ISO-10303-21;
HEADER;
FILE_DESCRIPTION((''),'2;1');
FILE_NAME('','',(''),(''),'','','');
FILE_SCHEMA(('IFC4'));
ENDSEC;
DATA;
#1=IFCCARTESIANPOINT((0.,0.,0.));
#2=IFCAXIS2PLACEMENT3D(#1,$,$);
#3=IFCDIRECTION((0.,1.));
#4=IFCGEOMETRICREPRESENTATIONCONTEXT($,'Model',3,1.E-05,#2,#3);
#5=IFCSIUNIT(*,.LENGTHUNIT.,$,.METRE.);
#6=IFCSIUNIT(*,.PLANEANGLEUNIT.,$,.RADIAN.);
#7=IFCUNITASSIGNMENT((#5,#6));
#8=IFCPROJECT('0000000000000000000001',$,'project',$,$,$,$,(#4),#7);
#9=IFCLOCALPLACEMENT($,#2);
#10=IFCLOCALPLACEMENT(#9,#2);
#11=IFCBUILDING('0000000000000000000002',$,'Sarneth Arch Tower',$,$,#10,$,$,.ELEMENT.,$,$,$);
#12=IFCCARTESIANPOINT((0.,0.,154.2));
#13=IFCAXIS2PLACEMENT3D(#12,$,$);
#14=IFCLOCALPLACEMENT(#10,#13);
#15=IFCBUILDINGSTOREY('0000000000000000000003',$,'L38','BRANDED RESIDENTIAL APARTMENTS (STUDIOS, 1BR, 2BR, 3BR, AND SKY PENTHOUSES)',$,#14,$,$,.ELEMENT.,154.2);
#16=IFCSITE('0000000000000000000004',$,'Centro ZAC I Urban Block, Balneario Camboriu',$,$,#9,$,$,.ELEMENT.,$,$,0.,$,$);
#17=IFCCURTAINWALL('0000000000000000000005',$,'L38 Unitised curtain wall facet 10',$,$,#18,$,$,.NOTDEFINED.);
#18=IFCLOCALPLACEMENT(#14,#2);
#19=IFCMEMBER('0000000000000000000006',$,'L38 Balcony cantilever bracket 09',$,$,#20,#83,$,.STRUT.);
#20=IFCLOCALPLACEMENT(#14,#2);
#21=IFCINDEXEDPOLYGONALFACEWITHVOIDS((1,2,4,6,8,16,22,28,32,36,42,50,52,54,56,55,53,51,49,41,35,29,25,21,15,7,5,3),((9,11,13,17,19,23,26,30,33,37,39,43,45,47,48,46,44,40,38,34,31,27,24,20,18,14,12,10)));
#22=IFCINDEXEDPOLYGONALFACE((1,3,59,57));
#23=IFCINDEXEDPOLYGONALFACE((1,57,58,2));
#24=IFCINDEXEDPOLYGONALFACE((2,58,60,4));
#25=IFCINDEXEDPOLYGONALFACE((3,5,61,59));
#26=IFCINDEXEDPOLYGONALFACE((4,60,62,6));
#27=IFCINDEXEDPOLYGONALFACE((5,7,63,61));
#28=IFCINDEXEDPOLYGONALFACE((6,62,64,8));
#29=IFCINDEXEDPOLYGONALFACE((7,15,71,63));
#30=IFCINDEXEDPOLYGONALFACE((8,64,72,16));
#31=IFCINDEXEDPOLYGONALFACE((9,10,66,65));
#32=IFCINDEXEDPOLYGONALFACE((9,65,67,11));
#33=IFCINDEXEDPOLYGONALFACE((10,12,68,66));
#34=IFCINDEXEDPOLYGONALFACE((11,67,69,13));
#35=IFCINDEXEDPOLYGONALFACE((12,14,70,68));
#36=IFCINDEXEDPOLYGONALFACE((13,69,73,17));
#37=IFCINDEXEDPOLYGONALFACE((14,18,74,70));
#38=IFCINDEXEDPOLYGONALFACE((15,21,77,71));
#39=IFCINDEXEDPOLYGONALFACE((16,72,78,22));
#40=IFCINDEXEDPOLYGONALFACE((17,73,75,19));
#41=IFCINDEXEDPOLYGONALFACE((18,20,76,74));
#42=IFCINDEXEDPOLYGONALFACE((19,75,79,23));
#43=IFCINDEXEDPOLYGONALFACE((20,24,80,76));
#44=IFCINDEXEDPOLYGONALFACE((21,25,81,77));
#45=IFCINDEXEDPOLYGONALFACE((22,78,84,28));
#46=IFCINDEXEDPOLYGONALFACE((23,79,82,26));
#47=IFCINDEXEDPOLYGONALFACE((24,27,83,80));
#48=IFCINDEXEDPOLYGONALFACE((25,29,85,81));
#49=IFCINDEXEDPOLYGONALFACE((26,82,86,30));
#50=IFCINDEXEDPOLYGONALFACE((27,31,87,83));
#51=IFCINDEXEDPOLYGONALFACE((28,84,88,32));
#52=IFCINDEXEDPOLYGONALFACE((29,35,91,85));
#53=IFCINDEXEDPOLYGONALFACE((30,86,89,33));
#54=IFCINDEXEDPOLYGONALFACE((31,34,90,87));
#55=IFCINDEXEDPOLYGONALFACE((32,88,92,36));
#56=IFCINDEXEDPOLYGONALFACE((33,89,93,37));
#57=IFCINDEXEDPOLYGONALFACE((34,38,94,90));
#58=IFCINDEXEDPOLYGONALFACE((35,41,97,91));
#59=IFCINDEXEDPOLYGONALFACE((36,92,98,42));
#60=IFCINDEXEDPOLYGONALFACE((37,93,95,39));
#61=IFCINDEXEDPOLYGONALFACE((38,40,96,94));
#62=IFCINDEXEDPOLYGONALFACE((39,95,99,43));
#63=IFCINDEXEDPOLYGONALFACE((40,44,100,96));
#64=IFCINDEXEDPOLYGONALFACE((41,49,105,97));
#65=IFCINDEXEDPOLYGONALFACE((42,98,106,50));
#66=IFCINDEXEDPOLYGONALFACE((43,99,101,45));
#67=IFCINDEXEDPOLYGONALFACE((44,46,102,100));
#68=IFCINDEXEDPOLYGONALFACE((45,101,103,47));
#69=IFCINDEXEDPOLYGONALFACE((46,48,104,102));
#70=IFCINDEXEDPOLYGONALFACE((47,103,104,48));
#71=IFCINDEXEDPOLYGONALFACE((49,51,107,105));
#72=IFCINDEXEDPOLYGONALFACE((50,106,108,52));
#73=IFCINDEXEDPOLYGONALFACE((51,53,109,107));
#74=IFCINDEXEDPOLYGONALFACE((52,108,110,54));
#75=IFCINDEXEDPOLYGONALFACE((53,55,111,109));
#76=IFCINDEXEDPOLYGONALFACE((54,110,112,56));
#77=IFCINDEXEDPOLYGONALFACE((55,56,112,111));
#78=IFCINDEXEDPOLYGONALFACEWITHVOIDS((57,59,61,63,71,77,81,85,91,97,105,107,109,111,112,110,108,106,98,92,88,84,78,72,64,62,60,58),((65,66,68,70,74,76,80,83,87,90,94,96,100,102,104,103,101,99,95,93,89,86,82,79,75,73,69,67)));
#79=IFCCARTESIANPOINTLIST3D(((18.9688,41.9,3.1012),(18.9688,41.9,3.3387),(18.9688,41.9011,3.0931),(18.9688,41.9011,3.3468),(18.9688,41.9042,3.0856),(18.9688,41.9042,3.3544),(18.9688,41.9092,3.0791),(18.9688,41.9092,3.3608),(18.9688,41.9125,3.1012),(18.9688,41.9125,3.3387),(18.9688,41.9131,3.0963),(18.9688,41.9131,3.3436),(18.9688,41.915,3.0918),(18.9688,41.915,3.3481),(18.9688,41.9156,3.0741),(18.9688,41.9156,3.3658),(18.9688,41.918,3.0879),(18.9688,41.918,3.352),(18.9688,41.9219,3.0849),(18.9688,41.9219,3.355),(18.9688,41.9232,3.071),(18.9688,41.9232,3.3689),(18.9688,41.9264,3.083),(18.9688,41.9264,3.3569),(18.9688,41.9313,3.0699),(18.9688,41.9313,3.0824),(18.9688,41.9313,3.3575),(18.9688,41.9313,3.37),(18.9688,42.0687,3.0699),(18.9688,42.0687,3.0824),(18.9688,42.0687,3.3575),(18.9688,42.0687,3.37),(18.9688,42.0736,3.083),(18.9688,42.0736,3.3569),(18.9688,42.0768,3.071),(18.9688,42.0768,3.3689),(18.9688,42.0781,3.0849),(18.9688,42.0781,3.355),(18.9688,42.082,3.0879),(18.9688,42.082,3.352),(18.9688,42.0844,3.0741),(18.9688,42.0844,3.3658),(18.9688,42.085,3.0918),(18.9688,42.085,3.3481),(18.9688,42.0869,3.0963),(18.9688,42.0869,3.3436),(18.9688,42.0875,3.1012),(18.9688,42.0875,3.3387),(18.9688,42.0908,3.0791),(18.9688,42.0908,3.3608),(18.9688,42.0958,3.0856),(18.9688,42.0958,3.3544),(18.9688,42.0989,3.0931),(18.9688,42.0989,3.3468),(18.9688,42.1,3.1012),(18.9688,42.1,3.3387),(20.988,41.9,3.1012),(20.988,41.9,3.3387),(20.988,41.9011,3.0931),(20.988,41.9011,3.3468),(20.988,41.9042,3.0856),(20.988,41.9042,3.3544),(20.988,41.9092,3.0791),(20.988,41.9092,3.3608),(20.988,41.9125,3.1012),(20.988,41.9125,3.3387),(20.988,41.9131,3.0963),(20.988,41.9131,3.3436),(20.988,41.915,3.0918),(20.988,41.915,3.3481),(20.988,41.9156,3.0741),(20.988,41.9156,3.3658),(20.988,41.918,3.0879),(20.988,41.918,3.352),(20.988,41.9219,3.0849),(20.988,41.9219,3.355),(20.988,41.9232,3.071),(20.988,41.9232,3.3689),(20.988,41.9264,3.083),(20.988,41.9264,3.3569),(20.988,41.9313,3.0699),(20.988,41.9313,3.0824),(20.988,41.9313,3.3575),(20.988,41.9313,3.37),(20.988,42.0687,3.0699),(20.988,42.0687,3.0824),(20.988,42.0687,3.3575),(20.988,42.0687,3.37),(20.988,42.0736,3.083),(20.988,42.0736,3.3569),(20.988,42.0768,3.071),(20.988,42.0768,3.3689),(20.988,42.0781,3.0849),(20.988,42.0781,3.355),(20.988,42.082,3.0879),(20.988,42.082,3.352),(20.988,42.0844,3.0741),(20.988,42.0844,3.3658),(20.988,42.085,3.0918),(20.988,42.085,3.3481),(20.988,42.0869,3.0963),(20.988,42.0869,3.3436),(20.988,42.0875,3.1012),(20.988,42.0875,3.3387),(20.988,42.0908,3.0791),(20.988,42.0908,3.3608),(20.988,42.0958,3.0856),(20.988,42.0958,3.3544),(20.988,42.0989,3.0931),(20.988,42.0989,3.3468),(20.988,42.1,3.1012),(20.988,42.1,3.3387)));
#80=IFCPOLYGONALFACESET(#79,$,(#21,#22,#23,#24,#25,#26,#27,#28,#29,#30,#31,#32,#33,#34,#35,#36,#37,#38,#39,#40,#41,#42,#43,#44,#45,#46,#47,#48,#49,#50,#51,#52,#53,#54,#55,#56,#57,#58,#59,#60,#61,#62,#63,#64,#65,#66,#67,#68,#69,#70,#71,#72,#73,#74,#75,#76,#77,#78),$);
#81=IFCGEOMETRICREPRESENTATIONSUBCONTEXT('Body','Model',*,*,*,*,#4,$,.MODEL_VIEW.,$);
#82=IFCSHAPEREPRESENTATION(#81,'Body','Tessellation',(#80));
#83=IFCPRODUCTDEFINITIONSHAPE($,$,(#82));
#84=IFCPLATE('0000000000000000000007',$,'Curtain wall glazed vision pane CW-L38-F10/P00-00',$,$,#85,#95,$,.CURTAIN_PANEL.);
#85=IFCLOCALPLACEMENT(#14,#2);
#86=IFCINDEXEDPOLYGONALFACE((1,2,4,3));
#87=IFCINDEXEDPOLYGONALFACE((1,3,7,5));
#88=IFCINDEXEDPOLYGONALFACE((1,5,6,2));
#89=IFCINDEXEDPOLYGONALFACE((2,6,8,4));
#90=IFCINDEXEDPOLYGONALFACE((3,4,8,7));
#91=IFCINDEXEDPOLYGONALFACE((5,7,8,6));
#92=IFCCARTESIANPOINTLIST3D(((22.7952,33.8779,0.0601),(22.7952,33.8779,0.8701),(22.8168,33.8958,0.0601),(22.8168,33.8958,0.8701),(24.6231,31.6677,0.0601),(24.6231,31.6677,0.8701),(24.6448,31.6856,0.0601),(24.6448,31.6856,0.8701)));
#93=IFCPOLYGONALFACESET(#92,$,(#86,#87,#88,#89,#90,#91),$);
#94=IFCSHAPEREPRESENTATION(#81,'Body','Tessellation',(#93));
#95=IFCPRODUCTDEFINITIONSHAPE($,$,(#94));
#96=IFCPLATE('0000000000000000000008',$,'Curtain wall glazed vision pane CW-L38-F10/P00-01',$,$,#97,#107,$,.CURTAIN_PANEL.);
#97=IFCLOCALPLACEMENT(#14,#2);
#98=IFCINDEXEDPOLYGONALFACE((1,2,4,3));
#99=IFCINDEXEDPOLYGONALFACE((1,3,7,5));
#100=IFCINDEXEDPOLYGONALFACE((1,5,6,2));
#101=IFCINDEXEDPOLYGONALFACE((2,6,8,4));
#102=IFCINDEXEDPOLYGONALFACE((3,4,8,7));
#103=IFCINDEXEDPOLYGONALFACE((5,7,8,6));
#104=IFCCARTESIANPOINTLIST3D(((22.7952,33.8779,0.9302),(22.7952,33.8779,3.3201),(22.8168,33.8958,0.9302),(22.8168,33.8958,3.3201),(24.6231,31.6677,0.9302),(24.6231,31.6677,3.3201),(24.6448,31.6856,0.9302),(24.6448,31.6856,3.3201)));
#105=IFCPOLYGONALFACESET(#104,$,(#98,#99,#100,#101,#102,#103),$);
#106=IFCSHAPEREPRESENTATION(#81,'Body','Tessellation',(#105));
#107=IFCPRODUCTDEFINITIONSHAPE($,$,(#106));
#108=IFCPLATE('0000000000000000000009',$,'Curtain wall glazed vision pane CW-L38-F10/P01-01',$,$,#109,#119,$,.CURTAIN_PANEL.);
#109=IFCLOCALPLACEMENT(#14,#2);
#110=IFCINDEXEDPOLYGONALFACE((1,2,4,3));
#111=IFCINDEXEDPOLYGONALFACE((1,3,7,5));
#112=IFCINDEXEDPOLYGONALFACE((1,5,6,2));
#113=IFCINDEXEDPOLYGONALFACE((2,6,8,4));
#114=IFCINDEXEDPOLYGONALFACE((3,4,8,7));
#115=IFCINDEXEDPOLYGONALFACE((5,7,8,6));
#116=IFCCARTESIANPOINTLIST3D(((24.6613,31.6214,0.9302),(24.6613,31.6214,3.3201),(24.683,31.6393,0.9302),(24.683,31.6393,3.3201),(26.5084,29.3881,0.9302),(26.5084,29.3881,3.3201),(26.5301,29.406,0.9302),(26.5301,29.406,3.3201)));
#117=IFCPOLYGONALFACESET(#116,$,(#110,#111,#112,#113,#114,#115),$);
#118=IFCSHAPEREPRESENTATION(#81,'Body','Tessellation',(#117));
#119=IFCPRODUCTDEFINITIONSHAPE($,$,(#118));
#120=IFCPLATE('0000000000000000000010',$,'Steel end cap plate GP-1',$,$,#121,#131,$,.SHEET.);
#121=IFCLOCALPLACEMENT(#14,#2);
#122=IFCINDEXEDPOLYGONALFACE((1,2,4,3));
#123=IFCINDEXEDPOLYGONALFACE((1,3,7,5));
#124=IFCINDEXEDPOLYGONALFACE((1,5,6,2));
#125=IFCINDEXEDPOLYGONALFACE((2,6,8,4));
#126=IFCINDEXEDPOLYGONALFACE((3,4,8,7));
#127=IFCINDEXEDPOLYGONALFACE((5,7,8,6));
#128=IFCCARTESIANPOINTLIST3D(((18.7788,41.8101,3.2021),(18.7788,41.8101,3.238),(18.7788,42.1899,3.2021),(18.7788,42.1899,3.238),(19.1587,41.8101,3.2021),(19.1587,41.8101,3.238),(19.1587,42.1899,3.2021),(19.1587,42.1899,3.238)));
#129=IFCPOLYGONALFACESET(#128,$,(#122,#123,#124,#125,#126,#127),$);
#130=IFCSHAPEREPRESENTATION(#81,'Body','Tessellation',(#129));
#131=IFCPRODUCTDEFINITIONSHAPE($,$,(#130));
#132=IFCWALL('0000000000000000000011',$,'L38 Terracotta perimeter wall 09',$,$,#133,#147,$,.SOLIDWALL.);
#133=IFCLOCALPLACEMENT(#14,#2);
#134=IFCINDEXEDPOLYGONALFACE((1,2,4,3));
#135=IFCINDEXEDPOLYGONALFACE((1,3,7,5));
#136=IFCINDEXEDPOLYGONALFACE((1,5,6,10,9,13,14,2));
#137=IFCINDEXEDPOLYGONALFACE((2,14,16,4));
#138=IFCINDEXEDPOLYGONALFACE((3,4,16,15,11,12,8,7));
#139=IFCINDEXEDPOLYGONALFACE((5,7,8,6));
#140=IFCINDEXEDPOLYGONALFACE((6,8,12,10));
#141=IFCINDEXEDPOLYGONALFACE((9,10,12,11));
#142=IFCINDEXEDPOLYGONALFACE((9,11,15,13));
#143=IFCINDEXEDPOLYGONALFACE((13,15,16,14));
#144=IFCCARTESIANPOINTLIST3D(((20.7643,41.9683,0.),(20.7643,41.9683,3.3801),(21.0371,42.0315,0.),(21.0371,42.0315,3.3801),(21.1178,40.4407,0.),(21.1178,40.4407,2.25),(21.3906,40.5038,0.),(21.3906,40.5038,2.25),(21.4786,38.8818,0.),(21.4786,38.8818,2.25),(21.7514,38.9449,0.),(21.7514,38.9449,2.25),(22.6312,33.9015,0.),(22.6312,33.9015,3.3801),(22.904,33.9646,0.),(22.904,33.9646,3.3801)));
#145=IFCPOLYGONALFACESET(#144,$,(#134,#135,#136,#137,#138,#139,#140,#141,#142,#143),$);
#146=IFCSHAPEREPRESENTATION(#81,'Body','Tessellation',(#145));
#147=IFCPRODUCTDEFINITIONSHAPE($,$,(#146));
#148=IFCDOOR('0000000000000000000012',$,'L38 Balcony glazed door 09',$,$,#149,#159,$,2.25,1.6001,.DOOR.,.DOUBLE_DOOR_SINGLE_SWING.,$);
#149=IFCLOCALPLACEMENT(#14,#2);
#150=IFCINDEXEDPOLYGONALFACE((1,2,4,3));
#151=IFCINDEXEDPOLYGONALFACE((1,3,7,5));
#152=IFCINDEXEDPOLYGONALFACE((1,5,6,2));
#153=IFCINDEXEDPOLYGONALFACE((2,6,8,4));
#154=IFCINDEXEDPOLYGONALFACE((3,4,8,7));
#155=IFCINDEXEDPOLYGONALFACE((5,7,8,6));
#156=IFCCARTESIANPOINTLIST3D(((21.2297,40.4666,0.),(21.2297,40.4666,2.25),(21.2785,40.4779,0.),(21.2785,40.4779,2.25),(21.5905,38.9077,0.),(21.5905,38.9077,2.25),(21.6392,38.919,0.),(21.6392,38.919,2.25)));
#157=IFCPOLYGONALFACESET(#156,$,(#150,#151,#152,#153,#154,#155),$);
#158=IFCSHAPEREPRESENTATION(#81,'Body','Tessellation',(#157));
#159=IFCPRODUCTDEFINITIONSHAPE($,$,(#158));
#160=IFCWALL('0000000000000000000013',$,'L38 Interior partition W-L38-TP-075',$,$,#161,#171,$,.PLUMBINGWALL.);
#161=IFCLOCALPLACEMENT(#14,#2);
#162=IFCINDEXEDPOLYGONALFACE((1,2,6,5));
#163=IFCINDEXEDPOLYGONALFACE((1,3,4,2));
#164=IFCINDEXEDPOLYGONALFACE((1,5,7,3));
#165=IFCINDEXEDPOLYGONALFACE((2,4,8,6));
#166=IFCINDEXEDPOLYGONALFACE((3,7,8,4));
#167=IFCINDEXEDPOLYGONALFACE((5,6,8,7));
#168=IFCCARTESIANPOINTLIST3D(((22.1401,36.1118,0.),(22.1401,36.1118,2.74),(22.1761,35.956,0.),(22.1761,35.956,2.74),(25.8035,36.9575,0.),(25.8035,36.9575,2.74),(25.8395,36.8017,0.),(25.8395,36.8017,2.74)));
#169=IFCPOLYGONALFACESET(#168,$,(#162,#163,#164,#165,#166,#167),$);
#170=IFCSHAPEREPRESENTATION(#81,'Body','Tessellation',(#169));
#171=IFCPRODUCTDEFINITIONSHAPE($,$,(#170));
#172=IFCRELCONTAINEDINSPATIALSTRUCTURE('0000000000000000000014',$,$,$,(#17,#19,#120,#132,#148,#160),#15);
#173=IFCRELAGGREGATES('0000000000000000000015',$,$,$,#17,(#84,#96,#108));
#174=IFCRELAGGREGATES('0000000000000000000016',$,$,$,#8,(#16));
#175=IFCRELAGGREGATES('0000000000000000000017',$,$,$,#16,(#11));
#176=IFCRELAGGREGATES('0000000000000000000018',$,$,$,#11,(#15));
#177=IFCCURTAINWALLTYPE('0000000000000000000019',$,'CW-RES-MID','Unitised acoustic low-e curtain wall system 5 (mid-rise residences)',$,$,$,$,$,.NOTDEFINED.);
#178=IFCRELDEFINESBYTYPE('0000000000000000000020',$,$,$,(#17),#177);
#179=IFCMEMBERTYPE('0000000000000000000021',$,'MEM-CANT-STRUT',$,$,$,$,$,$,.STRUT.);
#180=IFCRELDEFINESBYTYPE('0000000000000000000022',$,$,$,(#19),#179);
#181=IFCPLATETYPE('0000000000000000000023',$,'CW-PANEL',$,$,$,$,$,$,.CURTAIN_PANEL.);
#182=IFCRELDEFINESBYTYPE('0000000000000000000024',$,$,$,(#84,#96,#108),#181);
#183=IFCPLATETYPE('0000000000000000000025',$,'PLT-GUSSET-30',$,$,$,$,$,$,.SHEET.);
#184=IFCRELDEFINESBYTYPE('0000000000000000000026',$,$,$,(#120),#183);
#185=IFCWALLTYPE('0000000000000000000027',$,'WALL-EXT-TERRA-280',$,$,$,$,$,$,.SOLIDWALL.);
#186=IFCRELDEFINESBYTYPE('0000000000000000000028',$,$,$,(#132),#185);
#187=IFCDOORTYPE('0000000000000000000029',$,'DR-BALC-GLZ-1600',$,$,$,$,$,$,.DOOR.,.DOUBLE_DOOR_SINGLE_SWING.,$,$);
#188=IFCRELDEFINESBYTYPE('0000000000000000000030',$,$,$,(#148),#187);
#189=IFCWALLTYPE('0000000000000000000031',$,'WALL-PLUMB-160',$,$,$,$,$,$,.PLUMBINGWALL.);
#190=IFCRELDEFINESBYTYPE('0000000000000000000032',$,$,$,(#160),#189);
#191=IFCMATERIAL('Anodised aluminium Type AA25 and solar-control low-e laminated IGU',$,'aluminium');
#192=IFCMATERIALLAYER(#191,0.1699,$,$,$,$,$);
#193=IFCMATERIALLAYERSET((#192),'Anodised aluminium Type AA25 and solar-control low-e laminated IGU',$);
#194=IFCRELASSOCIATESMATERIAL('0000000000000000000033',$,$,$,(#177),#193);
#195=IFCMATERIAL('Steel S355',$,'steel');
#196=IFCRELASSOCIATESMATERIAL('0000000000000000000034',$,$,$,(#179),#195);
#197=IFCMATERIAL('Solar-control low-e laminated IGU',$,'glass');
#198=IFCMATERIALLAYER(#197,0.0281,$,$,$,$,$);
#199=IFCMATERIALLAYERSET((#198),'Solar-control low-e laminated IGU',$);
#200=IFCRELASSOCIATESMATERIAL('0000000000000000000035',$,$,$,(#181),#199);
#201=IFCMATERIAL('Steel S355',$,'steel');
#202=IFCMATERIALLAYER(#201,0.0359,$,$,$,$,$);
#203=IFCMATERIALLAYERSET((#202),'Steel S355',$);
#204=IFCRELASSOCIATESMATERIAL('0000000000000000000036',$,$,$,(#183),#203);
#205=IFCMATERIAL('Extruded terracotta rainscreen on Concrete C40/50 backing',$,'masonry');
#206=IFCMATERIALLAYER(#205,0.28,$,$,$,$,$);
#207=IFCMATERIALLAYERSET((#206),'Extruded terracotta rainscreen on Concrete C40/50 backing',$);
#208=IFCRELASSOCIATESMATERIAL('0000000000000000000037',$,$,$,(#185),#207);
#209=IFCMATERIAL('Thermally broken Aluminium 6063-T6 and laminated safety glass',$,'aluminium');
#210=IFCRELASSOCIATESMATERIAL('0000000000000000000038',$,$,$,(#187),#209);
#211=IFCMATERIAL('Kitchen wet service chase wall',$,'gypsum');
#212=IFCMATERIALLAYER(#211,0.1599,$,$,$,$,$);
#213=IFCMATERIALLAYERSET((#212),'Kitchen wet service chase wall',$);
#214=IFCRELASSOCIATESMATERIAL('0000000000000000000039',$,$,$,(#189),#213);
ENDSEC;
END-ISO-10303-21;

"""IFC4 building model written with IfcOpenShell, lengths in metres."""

from ifc_helpers import new_model, si_unit, direction, frame, frame_2d, origin, origin_2d, place, context, subcontext, project, spatial, rectangle, hollow_rectangle, extrude, material, layer, layer_set, material_profile, profile_set, type_object, element, fill, aggregate, save


model = new_model("IFC4")

# Units and contexts
model_context = context("Model", 3, precision=1e-05, world=origin(), true_north=direction((0.0, 1.0)))
body_context = subcontext(model_context, "Body", "Model", "MODEL_VIEW")
ifc_project = project(units=[si_unit("LENGTHUNIT", "METRE"), si_unit("PLANEANGLEUNIT", "RADIAN")], contexts=[model_context])

# Site, building, storey
site_placement = place(None, origin())
site = spatial("IfcSite", under=ifc_project, at=site_placement, Name="Centro ZAC I Urban Block, Balneario Camboriu", CompositionType="ELEMENT", RefElevation=0.0)
building_placement = place(site_placement, origin())
building = spatial("IfcBuilding", under=site, at=building_placement, Name="Sarneth Arch Tower", CompositionType="ELEMENT")
storey_placement = place(building_placement, frame((0.0, 0.0, 154.2)))
storey = spatial("IfcBuildingStorey", under=building, at=storey_placement, Name="L38", Description="BRANDED RESIDENTIAL APARTMENTS (STUDIOS, 1BR, 2BR, 3BR, AND SKY PENTHOUSES)", CompositionType="ELEMENT", Elevation=154.2)

# Curtain wall
ifc_material_1 = material(Name="Anodised aluminium Type AA25 and solar-control low-e laminated IGU", Category="aluminium")
ifc_layer_1 = layer(ifc_material_1, 0.1699)
ifc_layer_set_1 = layer_set([ifc_layer_1], Name="Anodised aluminium Type AA25 and solar-control low-e laminated IGU")
curtain_wall_type = type_object("IfcCurtainWallType", Name="CW-RES-MID", Description="Unitised acoustic low-e curtain wall system 5 (mid-rise residences)", PredefinedType="NOTDEFINED", material=ifc_layer_set_1)
curtain_wall_placement = place(storey_placement, origin())
curtain_wall = element("IfcCurtainWall", 1, at=curtain_wall_placement, inside=storey, type_object=curtain_wall_type, Name="L38 Unitised curtain wall facet 10", PredefinedType="NOTDEFINED")

# Member
ifc_material_2 = material(Name="Steel S355", Category="steel")
ifc_material_profile_1 = material_profile(ifc_material_2, hollow_rectangle(XDim=0.2, YDim=0.3, WallThickness=0.0125, InnerFilletRadius=0.0188, OuterFilletRadius=0.0312, at=origin_2d()), Name="RHS300x200x12.5")
ifc_profile_set_1 = profile_set([ifc_material_profile_1], Name="Steel S355")
member_type_1 = type_object("IfcMemberType", Name="MEM-CANT-STRUT", PredefinedType="STRUT", material=ifc_profile_set_1)
member_1_placement = place(storey_placement, frame((20.988, 42.0, 3.22), z_axis=(-1.0, 0.0, 0.0), x_axis=(0.0, -1.0, 0.0)))
element("IfcMember", 2, at=member_1_placement, inside=storey, type_object=member_type_1, Name="L38 Balcony cantilever bracket 09", PredefinedType="STRUT", context=body_context, shape_type="SweptSolid", body=[
    extrude(hollow_rectangle(XDim=0.2, YDim=0.3, WallThickness=0.0125, InnerFilletRadius=0.0188, OuterFilletRadius=0.0312, at=origin_2d()), origin(), (0.0, 0.0, 1.0), 2.0193),
])

# Plates
ifc_material_3 = material(Name="Solar-control low-e laminated IGU", Category="glass")
ifc_layer_2 = layer(ifc_material_3, 0.0281)
ifc_layer_set_2 = layer_set([ifc_layer_2], Name="Solar-control low-e laminated IGU")
plate_type_1 = type_object("IfcPlateType", Name="CW-PANEL", PredefinedType="CURTAIN_PANEL", material=ifc_layer_set_2)
plate_1_placement = place(storey_placement, frame((23.72, 32.7817, 0.0601), z_axis=(0.0, 0.0, 1.0), x_axis=(0.63733, -0.770591, 0.0)))
plate_1 = element("IfcPlate", 3, at=plate_1_placement, type_object=plate_type_1, Name="Curtain wall glazed vision pane CW-L38-F10/P00-00", PredefinedType="CURTAIN_PANEL", context=body_context, shape_type="SweptSolid", body=[
    extrude(rectangle(XDim=2.8682, YDim=0.0281, at=origin_2d()), origin(), (0.0, 0.0, 1.0), 0.8101),
])
plate_2_placement = place(storey_placement, frame((23.72, 32.7817, 0.9302), z_axis=(0.0, 0.0, 1.0), x_axis=(0.63733, -0.770591, 0.0)))
plate_2 = element("IfcPlate", 4, at=plate_2_placement, type_object=plate_type_1, Name="Curtain wall glazed vision pane CW-L38-F10/P00-01", PredefinedType="CURTAIN_PANEL", context=body_context, shape_type="SweptSolid", body=[
    extrude(rectangle(XDim=2.8682, YDim=0.0281, at=origin_2d()), origin(), (0.0, 0.0, 1.0), 2.3899),
])
plate_3_placement = place(storey_placement, frame((25.5957, 30.5137, 0.9302), z_axis=(0.0, 0.0, 1.0), x_axis=(0.63733, -0.770591, 0.0)))
plate_3 = element("IfcPlate", 5, at=plate_3_placement, type_object=plate_type_1, Name="Curtain wall glazed vision pane CW-L38-F10/P01-01", PredefinedType="CURTAIN_PANEL", context=body_context, shape_type="SweptSolid", body=[
    extrude(rectangle(XDim=2.8982, YDim=0.0281, at=origin_2d()), origin(), (0.0, 0.0, 1.0), 2.3899),
])
aggregate(curtain_wall, [plate_1, plate_2, plate_3])
ifc_material_4 = material(Name="Steel S355", Category="steel")
ifc_layer_3 = layer(ifc_material_4, 0.0359)
ifc_layer_set_3 = layer_set([ifc_layer_3], Name="Steel S355")
plate_type_2 = type_object("IfcPlateType", Name="PLT-GUSSET-30", PredefinedType="SHEET", material=ifc_layer_set_3)
plate_4_placement = place(storey_placement, frame((18.9688, 42.0, 3.2021), z_axis=(0.0, 0.0, 1.0), x_axis=(-1.0, 0.0, 0.0)))
element("IfcPlate", 6, at=plate_4_placement, inside=storey, type_object=plate_type_2, Name="Steel end cap plate GP-1", PredefinedType="SHEET", context=body_context, shape_type="SweptSolid", body=[
    extrude(rectangle(XDim=0.3799, YDim=0.3799, at=origin_2d()), origin(), (0.0, 0.0, 1.0), 0.0359),
])

# Wall, opening, door
ifc_material_5 = material(Name="Extruded terracotta rainscreen on Concrete C40/50 backing", Category="masonry")
ifc_layer_4 = layer(ifc_material_5, 0.28)
ifc_layer_set_4 = layer_set([ifc_layer_4], Name="Extruded terracotta rainscreen on Concrete C40/50 backing")
wall_type_1 = type_object("IfcWallType", Name="WALL-EXT-TERRA-280", PredefinedType="SOLIDWALL", material=ifc_layer_set_4)
wall_1_placement = place(storey_placement, frame((20.9006, 42.0, 0.0), z_axis=(0.0, 0.0, 1.0), x_axis=(0.225473, -0.974249, 0.0)))
wall_1 = element("IfcWall", 7, at=wall_1_placement, inside=storey, type_object=wall_type_1, Name="L38 Terracotta perimeter wall 09", PredefinedType="SOLIDWALL", context=body_context, shape_type="SweptSolid", body=[
    extrude(rectangle(XDim=8.28, YDim=0.28, at=frame_2d((4.1401, 0.0))), origin(), (0.0, 0.0, 1.0), 3.3801),
])
opening_1_placement = place(wall_1_placement, frame((1.5681, 0.0, 0.0)))
opening_1 = element("IfcOpeningElement", 8, at=opening_1_placement, cuts=wall_1, PredefinedType="OPENING", context=body_context, shape_type="SweptSolid", body=[
    extrude(rectangle(XDim=1.6001, YDim=2.25, at=frame_2d((0.8, 1.125))), frame((0.0, 0.1499, 0.0), z_axis=(0.0, -1.0, 0.0), x_axis=(1.0, 0.0, 0.0)), (0.0, 0.0, 1.0), 0.3),
])
ifc_material_6 = material(Name="Thermally broken Aluminium 6063-T6 and laminated safety glass", Category="aluminium")
door_type_1 = type_object("IfcDoorType", Name="DR-BALC-GLZ-1600", OperationType="DOUBLE_DOOR_SINGLE_SWING", PredefinedType="DOOR", material=ifc_material_6)
door_1_placement = place(opening_1_placement, origin())
door_1 = element("IfcDoor", 9, at=door_1_placement, inside=storey, type_object=door_type_1, Name="L38 Balcony glazed door 09", OperationType="DOUBLE_DOOR_SINGLE_SWING", OverallHeight=2.25, OverallWidth=1.6001, PredefinedType="DOOR", context=body_context, shape_type="SweptSolid", body=[
    extrude(rectangle(XDim=1.6001, YDim=2.25, at=frame_2d((0.8, 1.125))), frame((0.0, 0.0249, 0.0), z_axis=(0.0, -1.0, 0.0), x_axis=(1.0, 0.0, 0.0)), (0.0, 0.0, 1.0), 0.05),
])
fill(opening_1, door_1)

# Wall
ifc_material_7 = material(Name="Kitchen wet service chase wall", Category="gypsum")
ifc_layer_5 = layer(ifc_material_7, 0.1599)
ifc_layer_set_5 = layer_set([ifc_layer_5], Name="Kitchen wet service chase wall")
wall_type_2 = type_object("IfcWallType", Name="WALL-PLUMB-160", PredefinedType="PLUMBINGWALL", material=ifc_layer_set_5)
wall_2_placement = place(storey_placement, frame((25.8215, 36.8796, 0.0), z_axis=(0.0, 0.0, 1.0), x_axis=(-0.974373, -0.22494, 0.0)))
element("IfcWall", 10, at=wall_2_placement, inside=storey, type_object=wall_type_2, Name="L38 Interior partition W-L38-TP-075", PredefinedType="PLUMBINGWALL", context=body_context, shape_type="SweptSolid", body=[
    extrude(rectangle(XDim=3.7598, YDim=0.1599, at=frame_2d((1.8799, 0.0))), origin(), (0.0, 0.0, 1.0), 2.74),
])

save(model, "model.ifc")
